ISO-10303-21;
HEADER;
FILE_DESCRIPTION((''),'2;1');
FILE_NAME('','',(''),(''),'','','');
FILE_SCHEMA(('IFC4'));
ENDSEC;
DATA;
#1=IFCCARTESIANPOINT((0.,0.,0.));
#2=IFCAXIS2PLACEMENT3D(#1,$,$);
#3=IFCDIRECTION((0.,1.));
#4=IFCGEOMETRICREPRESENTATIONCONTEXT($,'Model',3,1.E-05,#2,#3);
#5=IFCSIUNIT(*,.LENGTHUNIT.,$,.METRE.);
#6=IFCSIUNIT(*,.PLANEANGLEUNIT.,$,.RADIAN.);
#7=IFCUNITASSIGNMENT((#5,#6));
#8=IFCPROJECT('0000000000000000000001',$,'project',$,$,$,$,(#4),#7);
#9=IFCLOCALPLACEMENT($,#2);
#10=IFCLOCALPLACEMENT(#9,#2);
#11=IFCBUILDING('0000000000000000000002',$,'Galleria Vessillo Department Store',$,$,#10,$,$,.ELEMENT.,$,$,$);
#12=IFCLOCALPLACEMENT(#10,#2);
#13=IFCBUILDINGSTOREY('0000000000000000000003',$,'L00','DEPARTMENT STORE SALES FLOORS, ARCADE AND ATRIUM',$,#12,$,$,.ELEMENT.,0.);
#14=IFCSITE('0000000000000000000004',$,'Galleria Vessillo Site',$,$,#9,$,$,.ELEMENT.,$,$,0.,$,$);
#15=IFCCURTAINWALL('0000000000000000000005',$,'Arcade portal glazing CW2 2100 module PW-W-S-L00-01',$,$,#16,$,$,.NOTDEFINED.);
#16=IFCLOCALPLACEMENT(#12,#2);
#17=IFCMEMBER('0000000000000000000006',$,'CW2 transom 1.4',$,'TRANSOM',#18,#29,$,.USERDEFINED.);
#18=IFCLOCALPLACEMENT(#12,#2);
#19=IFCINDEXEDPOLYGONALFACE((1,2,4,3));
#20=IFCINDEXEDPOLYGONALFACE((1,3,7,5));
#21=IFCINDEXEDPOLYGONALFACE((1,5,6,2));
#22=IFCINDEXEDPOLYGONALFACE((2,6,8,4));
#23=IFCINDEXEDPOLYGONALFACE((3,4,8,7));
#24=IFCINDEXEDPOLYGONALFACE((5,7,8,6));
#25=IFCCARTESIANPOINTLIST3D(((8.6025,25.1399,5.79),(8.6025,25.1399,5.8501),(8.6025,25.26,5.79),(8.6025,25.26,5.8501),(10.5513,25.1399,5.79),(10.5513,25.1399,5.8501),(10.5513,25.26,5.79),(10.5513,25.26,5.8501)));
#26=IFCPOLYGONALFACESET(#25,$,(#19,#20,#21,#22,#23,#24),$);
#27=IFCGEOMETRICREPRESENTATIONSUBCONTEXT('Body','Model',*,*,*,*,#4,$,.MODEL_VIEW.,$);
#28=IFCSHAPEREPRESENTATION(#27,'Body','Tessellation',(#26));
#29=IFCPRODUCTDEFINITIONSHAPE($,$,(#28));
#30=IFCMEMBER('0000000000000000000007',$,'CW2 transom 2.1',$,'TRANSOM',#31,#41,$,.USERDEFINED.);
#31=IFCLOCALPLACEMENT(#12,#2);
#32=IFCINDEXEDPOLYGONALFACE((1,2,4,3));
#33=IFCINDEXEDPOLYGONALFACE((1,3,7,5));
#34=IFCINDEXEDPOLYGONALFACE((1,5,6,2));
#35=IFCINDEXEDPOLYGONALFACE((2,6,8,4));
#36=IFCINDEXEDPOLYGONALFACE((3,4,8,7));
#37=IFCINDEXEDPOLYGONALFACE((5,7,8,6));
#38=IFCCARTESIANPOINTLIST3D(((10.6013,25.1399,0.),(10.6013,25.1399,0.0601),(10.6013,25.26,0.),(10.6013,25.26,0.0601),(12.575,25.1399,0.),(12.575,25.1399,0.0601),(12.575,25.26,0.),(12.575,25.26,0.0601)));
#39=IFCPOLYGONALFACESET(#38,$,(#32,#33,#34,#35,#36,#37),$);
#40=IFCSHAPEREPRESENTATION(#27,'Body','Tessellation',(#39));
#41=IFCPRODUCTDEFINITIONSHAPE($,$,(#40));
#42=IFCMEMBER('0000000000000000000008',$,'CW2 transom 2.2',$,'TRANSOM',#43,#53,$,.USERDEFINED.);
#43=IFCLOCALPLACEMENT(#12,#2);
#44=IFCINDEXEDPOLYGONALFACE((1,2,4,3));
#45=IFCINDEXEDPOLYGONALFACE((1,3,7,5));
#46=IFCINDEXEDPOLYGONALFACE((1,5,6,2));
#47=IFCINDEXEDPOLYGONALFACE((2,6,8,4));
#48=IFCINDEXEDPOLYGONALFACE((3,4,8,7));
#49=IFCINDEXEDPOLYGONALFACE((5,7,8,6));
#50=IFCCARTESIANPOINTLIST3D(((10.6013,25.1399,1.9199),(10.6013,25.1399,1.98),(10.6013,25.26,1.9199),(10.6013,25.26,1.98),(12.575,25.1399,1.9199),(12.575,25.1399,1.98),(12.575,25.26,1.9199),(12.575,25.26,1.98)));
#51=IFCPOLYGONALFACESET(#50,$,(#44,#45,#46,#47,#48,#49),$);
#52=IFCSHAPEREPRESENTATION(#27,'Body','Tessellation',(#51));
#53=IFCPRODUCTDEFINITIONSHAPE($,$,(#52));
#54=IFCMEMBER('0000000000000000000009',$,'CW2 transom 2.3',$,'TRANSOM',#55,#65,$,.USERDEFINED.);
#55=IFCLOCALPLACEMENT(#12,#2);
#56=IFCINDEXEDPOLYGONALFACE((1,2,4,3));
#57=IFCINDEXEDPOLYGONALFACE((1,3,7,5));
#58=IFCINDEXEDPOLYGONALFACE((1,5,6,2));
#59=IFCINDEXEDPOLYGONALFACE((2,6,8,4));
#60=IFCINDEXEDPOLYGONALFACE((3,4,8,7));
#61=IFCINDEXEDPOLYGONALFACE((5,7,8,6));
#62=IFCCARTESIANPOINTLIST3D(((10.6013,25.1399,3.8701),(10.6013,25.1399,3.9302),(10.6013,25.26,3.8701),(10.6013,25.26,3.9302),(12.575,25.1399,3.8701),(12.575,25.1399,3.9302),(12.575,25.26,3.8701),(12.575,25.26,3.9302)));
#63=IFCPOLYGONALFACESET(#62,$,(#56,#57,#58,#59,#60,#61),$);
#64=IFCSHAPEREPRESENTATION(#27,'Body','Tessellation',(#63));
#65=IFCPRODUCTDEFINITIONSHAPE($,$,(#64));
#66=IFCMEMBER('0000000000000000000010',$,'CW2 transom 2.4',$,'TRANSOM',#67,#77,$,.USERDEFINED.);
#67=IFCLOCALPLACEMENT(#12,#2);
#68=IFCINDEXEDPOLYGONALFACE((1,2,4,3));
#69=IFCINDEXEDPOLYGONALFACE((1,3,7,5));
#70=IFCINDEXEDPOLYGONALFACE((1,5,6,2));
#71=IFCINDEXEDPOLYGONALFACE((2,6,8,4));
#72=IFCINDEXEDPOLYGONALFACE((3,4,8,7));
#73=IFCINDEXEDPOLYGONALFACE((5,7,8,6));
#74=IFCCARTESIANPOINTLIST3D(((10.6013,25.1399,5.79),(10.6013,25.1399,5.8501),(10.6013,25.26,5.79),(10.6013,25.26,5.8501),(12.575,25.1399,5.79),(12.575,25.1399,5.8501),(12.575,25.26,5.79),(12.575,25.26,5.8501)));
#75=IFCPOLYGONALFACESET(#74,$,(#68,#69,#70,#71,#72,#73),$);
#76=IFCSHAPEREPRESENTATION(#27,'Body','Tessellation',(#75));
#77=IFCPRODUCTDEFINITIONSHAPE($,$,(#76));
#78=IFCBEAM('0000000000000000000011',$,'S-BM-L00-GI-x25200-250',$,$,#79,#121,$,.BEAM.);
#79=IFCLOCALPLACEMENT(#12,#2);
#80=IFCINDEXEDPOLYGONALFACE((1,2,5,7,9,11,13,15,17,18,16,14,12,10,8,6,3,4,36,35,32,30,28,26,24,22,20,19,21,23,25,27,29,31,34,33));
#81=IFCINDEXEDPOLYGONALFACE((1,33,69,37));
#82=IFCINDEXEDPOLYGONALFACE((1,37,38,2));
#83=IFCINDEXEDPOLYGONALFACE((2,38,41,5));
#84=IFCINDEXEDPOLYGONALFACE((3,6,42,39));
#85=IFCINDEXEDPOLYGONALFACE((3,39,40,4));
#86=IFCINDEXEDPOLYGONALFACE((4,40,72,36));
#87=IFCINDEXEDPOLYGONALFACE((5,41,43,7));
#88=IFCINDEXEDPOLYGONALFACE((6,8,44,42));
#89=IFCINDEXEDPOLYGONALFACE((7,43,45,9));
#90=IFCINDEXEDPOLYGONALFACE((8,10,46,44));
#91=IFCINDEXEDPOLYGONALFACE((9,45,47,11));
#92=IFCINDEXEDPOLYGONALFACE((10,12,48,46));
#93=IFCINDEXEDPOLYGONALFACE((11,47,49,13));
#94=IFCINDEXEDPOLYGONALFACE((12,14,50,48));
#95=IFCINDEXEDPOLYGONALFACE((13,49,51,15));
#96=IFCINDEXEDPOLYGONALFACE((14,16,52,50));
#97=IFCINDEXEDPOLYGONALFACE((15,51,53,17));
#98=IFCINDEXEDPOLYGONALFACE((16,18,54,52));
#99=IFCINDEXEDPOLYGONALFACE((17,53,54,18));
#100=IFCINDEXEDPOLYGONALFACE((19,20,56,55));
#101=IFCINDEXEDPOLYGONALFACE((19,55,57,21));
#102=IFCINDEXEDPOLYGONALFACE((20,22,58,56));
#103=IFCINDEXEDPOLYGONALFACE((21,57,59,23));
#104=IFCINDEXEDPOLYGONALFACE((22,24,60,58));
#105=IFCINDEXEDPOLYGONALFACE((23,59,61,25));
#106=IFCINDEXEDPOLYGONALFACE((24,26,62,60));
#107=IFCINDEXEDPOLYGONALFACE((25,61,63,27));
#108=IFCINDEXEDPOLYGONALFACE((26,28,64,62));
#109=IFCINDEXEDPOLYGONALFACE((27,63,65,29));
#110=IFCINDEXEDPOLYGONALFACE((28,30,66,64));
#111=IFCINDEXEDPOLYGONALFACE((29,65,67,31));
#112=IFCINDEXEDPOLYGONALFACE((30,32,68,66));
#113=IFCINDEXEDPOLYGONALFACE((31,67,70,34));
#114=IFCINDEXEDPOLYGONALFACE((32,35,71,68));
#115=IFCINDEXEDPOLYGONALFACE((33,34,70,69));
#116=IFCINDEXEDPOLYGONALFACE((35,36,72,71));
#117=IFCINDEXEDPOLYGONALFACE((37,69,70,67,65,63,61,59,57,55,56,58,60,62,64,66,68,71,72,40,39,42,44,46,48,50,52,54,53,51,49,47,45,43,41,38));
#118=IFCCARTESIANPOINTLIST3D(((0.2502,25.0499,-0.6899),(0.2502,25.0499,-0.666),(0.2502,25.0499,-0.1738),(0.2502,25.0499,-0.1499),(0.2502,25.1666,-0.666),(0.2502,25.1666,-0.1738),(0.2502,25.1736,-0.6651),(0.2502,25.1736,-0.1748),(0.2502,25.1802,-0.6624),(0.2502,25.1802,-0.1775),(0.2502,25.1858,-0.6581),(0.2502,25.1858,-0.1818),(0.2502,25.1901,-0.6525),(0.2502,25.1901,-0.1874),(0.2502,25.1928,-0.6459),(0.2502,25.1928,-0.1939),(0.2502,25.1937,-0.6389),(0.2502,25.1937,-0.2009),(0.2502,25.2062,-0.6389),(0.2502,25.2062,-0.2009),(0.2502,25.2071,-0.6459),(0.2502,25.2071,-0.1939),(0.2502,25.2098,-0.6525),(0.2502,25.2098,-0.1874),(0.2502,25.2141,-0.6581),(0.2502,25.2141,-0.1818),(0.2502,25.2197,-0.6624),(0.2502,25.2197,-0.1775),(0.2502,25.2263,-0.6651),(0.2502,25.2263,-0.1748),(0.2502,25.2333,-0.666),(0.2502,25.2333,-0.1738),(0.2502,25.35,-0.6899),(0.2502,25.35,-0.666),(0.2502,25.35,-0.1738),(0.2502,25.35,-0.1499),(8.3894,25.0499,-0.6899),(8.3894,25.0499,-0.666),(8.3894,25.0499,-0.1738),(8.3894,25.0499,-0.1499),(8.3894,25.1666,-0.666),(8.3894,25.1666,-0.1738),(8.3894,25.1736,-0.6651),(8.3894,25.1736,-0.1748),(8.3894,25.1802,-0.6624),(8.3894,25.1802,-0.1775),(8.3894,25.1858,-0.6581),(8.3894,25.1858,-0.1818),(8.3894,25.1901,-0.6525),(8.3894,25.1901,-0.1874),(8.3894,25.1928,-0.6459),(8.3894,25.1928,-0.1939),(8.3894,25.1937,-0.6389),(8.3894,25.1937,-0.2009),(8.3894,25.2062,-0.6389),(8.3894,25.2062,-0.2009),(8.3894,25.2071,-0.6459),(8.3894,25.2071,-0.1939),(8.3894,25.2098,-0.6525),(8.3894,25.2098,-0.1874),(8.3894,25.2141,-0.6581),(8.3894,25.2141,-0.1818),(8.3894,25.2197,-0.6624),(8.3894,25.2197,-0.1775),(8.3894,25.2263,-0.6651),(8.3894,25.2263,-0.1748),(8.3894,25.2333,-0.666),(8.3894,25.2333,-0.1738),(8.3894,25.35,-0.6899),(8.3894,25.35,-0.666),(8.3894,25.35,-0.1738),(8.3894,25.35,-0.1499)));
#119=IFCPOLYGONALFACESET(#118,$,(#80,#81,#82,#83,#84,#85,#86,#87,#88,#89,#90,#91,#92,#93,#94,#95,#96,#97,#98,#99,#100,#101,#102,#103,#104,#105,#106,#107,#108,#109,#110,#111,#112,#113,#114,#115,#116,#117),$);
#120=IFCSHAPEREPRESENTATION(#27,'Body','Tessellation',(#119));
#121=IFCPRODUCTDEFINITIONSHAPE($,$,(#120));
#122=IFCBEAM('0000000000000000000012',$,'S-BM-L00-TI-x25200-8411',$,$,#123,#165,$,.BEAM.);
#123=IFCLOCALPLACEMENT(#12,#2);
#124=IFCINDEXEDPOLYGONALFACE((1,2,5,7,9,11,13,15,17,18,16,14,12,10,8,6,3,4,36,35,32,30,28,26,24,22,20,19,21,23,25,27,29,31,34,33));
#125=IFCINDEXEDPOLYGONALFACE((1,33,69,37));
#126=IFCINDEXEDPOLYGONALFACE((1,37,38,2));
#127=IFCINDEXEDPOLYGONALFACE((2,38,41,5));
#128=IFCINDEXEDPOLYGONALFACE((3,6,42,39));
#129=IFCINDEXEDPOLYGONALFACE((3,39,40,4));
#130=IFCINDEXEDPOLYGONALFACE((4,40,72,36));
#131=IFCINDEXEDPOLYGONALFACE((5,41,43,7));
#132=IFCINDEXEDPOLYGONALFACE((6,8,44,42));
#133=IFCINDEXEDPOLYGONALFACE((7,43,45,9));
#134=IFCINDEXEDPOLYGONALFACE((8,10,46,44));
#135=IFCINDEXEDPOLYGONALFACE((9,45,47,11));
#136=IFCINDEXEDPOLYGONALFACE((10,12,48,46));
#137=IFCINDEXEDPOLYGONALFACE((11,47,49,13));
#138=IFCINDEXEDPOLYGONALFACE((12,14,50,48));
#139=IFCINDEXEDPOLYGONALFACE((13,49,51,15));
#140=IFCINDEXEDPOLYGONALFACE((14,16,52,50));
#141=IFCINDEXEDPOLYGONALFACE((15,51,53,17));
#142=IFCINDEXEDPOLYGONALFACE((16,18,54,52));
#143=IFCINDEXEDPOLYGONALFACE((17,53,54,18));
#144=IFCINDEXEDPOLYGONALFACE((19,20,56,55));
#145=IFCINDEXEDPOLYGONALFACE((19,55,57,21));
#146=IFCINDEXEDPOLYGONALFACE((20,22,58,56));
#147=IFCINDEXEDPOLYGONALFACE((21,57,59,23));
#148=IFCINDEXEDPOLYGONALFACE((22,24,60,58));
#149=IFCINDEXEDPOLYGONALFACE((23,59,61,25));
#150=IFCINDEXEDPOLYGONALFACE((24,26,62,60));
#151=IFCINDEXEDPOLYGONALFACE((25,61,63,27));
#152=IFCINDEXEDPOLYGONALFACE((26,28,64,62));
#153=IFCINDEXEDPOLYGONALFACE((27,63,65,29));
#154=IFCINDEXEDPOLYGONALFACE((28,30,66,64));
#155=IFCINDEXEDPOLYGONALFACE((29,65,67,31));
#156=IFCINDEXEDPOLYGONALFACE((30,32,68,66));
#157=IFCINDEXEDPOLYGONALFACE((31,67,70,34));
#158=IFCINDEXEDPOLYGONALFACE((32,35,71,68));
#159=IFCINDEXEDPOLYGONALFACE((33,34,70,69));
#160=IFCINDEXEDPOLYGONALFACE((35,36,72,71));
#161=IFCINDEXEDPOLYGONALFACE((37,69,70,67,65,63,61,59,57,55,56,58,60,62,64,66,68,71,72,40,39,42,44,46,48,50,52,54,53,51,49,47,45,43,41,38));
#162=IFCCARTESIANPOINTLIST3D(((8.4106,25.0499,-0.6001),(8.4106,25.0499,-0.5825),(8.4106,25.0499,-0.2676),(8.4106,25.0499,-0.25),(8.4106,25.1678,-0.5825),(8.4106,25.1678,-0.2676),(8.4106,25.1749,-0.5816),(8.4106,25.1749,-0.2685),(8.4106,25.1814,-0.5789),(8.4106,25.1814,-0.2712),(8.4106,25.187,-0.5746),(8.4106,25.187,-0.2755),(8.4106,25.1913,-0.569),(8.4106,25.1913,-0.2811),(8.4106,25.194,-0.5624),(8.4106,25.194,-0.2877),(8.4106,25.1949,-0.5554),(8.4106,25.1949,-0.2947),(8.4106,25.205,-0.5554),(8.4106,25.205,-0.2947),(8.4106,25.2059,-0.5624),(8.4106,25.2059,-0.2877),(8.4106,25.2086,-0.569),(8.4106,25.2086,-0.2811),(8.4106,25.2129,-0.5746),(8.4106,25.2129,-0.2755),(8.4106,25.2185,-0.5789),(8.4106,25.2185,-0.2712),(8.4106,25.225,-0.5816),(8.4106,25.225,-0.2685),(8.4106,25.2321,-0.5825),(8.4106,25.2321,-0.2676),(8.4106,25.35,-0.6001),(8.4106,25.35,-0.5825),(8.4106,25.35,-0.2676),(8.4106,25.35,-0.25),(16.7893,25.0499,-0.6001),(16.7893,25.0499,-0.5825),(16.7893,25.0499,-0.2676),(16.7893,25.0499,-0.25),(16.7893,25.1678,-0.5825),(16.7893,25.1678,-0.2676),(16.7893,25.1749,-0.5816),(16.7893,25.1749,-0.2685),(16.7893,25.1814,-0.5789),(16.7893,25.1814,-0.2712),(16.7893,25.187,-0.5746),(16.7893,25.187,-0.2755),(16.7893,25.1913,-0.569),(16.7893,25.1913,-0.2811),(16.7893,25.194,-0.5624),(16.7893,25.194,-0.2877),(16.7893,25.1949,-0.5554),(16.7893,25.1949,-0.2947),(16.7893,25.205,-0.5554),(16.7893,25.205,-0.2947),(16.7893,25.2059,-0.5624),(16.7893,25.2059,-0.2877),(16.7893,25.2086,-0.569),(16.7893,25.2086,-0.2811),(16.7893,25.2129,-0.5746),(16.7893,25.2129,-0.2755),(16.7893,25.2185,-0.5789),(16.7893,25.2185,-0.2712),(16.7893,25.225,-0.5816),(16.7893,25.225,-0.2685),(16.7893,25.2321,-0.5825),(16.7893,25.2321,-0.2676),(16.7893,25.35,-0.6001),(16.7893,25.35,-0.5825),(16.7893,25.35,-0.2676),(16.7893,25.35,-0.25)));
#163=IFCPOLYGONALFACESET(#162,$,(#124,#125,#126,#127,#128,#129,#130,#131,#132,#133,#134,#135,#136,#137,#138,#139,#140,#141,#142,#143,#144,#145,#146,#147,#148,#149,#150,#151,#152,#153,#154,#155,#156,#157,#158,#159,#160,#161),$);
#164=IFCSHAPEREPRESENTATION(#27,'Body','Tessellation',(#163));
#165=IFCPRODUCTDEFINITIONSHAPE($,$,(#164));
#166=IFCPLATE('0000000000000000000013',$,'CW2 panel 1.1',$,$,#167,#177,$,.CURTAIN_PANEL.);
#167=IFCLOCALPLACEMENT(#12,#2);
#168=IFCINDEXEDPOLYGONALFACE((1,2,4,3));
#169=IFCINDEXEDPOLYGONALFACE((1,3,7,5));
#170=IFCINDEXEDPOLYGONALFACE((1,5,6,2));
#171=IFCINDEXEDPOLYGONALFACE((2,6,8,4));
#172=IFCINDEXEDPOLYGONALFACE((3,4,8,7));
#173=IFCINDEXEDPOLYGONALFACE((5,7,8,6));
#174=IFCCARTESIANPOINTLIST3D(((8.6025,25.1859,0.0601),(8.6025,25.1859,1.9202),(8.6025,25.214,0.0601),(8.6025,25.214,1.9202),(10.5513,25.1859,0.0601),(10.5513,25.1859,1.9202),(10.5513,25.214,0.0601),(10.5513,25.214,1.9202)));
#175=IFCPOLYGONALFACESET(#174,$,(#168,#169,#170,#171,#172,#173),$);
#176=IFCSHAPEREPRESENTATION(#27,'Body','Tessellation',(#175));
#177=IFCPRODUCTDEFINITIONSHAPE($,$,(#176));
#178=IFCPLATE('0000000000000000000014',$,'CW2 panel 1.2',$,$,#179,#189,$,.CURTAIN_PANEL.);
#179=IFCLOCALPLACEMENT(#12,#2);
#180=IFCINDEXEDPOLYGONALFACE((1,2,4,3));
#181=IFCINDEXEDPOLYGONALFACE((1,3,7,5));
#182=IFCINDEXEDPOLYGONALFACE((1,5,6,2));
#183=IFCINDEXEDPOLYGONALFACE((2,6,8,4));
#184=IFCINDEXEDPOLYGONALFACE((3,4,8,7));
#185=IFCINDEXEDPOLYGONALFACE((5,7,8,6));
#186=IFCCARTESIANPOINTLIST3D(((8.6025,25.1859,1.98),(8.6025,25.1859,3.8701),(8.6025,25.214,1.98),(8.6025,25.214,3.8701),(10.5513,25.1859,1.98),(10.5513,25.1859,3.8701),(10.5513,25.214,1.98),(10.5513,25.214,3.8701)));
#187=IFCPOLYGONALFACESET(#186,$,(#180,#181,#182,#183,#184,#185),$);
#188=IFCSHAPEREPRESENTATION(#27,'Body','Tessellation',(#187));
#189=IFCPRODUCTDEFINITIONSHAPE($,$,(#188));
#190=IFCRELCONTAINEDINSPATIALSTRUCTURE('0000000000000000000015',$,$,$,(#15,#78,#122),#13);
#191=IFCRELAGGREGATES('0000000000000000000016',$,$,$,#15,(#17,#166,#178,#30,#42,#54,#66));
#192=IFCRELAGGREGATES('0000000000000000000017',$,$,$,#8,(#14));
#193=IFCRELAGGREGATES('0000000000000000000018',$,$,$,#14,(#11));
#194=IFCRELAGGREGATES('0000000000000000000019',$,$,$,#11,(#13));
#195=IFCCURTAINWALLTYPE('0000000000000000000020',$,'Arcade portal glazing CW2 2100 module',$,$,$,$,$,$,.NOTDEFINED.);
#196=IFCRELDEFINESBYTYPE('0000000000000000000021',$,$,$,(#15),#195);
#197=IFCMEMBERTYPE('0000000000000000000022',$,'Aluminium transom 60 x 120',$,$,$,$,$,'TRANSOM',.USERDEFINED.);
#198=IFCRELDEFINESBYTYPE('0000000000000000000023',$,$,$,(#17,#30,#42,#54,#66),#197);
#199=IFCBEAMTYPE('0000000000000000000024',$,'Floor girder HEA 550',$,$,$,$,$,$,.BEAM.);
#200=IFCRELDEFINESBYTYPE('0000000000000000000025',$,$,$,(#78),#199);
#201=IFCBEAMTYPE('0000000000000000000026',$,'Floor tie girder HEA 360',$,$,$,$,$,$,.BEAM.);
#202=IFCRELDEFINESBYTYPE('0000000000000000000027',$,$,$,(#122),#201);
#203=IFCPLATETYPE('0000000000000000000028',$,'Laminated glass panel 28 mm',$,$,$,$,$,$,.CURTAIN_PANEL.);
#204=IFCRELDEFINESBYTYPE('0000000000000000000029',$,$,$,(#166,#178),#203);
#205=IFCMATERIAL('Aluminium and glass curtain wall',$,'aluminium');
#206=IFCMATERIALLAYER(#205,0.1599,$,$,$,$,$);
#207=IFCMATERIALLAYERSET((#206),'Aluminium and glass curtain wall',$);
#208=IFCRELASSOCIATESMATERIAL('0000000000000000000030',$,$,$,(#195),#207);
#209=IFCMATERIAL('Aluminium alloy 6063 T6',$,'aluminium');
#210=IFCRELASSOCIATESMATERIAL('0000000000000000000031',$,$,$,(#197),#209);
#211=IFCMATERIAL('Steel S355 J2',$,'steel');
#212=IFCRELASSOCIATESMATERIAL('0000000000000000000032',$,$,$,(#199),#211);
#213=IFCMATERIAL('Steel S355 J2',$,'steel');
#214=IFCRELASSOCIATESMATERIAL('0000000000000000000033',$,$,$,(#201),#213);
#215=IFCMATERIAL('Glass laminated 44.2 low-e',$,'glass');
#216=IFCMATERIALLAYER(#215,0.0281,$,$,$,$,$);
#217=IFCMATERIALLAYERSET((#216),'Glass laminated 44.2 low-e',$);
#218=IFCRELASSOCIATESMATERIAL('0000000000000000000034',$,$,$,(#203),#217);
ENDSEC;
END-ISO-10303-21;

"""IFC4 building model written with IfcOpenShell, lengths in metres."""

from ifc_helpers import new_model, si_unit, direction, frame, origin, origin_2d, place, context, subcontext, project, spatial, rectangle, i_section, extrude, material, layer, layer_set, material_profile, profile_set, type_object, element, aggregate, save


model = new_model("IFC4")

# Units and contexts
model_context = context("Model", 3, precision=1e-05, world=origin(), true_north=direction((0.0, 1.0)))
body_context = subcontext(model_context, "Body", "Model", "MODEL_VIEW")
ifc_project = project(units=[si_unit("LENGTHUNIT", "METRE"), si_unit("PLANEANGLEUNIT", "RADIAN")], contexts=[model_context])

# Site, building, storey
site_placement = place(None, origin())
site = spatial("IfcSite", under=ifc_project, at=site_placement, Name="Galleria Vessillo Site", CompositionType="ELEMENT", RefElevation=0.0)
building_placement = place(site_placement, origin())
building = spatial("IfcBuilding", under=site, at=building_placement, Name="Galleria Vessillo Department Store", CompositionType="ELEMENT")
storey_placement = place(building_placement, origin())
storey = spatial("IfcBuildingStorey", under=building, at=storey_placement, Name="L00", Description="DEPARTMENT STORE SALES FLOORS, ARCADE AND ATRIUM", CompositionType="ELEMENT", Elevation=0.0)

# Curtain wall, members
ifc_material_1 = material(Name="Aluminium and glass curtain wall", Category="aluminium")
ifc_layer_1 = layer(ifc_material_1, 0.1599)
ifc_layer_set_1 = layer_set([ifc_layer_1], Name="Aluminium and glass curtain wall")
curtain_wall_type = type_object("IfcCurtainWallType", Name="Arcade portal glazing CW2 2100 module", PredefinedType="NOTDEFINED", material=ifc_layer_set_1)
curtain_wall_placement = place(storey_placement, origin())
curtain_wall = element("IfcCurtainWall", 1, at=curtain_wall_placement, inside=storey, type_object=curtain_wall_type, Name="Arcade portal glazing CW2 2100 module PW-W-S-L00-01", PredefinedType="NOTDEFINED")
ifc_material_2 = material(Name="Aluminium alloy 6063 T6", Category="aluminium")
ifc_material_profile_1 = material_profile(ifc_material_2, rectangle(XDim=0.1201, YDim=0.0601, at=origin_2d()), Name="AL 60x120")
ifc_profile_set_1 = profile_set([ifc_material_profile_1], Name="Aluminium alloy 6063 T6")
member_type_1 = type_object("IfcMemberType", Name="Aluminium transom 60 x 120", ElementType="TRANSOM", PredefinedType="USERDEFINED", material=ifc_profile_set_1)
member_1_placement = place(storey_placement, frame((8.6025, 25.2, 5.8201), z_axis=(1.0, 0.0, 0.0), x_axis=(0.0, 1.0, 0.0)))
member_1 = element("IfcMember", 2, at=member_1_placement, type_object=member_type_1, Name="CW2 transom 1.4", ObjectType="TRANSOM", PredefinedType="USERDEFINED", context=body_context, shape_type="SweptSolid", body=[
    extrude(rectangle(XDim=0.1201, YDim=0.0601, at=origin_2d()), origin(), (0.0, 0.0, 1.0), 1.9487),
])
member_2_placement = place(storey_placement, frame((10.6013, 25.2, 0.03), z_axis=(1.0, 0.0, 0.0), x_axis=(0.0, 1.0, 0.0)))
member_2 = element("IfcMember", 3, at=member_2_placement, type_object=member_type_1, Name="CW2 transom 2.1", ObjectType="TRANSOM", PredefinedType="USERDEFINED", context=body_context, shape_type="SweptSolid", body=[
    extrude(rectangle(XDim=0.1201, YDim=0.0601, at=origin_2d()), origin(), (0.0, 0.0, 1.0), 1.9736),
])
member_3_placement = place(storey_placement, frame((10.6013, 25.2, 1.95), z_axis=(1.0, 0.0, 0.0), x_axis=(0.0, 1.0, 0.0)))
member_3 = element("IfcMember", 4, at=member_3_placement, type_object=member_type_1, Name="CW2 transom 2.2", ObjectType="TRANSOM", PredefinedType="USERDEFINED", context=body_context, shape_type="SweptSolid", body=[
    extrude(rectangle(XDim=0.1201, YDim=0.0601, at=origin_2d()), origin(), (0.0, 0.0, 1.0), 1.9736),
])
member_4_placement = place(storey_placement, frame((10.6013, 25.2, 3.9001), z_axis=(1.0, 0.0, 0.0), x_axis=(0.0, 1.0, 0.0)))
member_4 = element("IfcMember", 5, at=member_4_placement, type_object=member_type_1, Name="CW2 transom 2.3", ObjectType="TRANSOM", PredefinedType="USERDEFINED", context=body_context, shape_type="SweptSolid", body=[
    extrude(rectangle(XDim=0.1201, YDim=0.0601, at=origin_2d()), origin(), (0.0, 0.0, 1.0), 1.9736),
])
member_5_placement = place(storey_placement, frame((10.6013, 25.2, 5.8201), z_axis=(1.0, 0.0, 0.0), x_axis=(0.0, 1.0, 0.0)))
member_5 = element("IfcMember", 6, at=member_5_placement, type_object=member_type_1, Name="CW2 transom 2.4", ObjectType="TRANSOM", PredefinedType="USERDEFINED", context=body_context, shape_type="SweptSolid", body=[
    extrude(rectangle(XDim=0.1201, YDim=0.0601, at=origin_2d()), origin(), (0.0, 0.0, 1.0), 1.9736),
])

# Beams
ifc_material_3 = material(Name="Steel S355 J2", Category="steel")
ifc_material_profile_2 = material_profile(ifc_material_3, i_section(OverallWidth=0.3, OverallDepth=0.54, WebThickness=0.0125, FlangeThickness=0.0239, FilletRadius=0.0271, at=origin_2d()), Name="HEA 550")
ifc_profile_set_2 = profile_set([ifc_material_profile_2], Name="Steel S355 J2")
beam_type_1 = type_object("IfcBeamType", Name="Floor girder HEA 550", PredefinedType="BEAM", material=ifc_profile_set_2)
beam_1_placement = place(storey_placement, frame((0.2502, 25.2, -0.4199), z_axis=(1.0, 0.0, 0.0), x_axis=(0.0, 1.0, 0.0)))
element("IfcBeam", 7, at=beam_1_placement, inside=storey, type_object=beam_type_1, Name="S-BM-L00-GI-x25200-250", PredefinedType="BEAM", context=body_context, shape_type="SweptSolid", body=[
    extrude(i_section(OverallWidth=0.3, OverallDepth=0.54, WebThickness=0.0125, FlangeThickness=0.0239, FilletRadius=0.0271, at=origin_2d()), origin(), (0.0, 0.0, 1.0), 8.1392),
])
ifc_material_4 = material(Name="Steel S355 J2", Category="steel")
ifc_material_profile_3 = material_profile(ifc_material_4, i_section(OverallWidth=0.3, OverallDepth=0.3501, WebThickness=0.01, FlangeThickness=0.0176, FilletRadius=0.0271, at=origin_2d()), Name="HEA 360")
ifc_profile_set_3 = profile_set([ifc_material_profile_3], Name="Steel S355 J2")
beam_type_2 = type_object("IfcBeamType", Name="Floor tie girder HEA 360", PredefinedType="BEAM", material=ifc_profile_set_3)
beam_2_placement = place(storey_placement, frame((8.4106, 25.2, -0.425), z_axis=(1.0, 0.0, 0.0), x_axis=(0.0, 1.0, 0.0)))
element("IfcBeam", 8, at=beam_2_placement, inside=storey, type_object=beam_type_2, Name="S-BM-L00-TI-x25200-8411", PredefinedType="BEAM", context=body_context, shape_type="SweptSolid", body=[
    extrude(i_section(OverallWidth=0.3, OverallDepth=0.3501, WebThickness=0.01, FlangeThickness=0.0176, FilletRadius=0.0271, at=origin_2d()), origin(), (0.0, 0.0, 1.0), 8.3787),
])

# Plates
ifc_material_5 = material(Name="Glass laminated 44.2 low-e", Category="glass")
ifc_layer_2 = layer(ifc_material_5, 0.0281)
ifc_layer_set_2 = layer_set([ifc_layer_2], Name="Glass laminated 44.2 low-e")
plate_type = type_object("IfcPlateType", Name="Laminated glass panel 28 mm", PredefinedType="CURTAIN_PANEL", material=ifc_layer_set_2)
plate_1_placement = place(storey_placement, frame((9.5769, 25.2, 0.0601), z_axis=(0.0, 0.0, 1.0), x_axis=(1.0, 0.0, 0.0)))
plate_1 = element("IfcPlate", 9, at=plate_1_placement, type_object=plate_type, Name="CW2 panel 1.1", PredefinedType="CURTAIN_PANEL", context=body_context, shape_type="SweptSolid", body=[
    extrude(rectangle(XDim=1.9487, YDim=0.0281, at=origin_2d()), origin(), (0.0, 0.0, 1.0), 1.8601),
])
plate_2_placement = place(storey_placement, frame((9.5769, 25.2, 1.98), z_axis=(0.0, 0.0, 1.0), x_axis=(1.0, 0.0, 0.0)))
plate_2 = element("IfcPlate", 10, at=plate_2_placement, type_object=plate_type, Name="CW2 panel 1.2", PredefinedType="CURTAIN_PANEL", context=body_context, shape_type="SweptSolid", body=[
    extrude(rectangle(XDim=1.9487, YDim=0.0281, at=origin_2d()), origin(), (0.0, 0.0, 1.0), 1.8901),
])
aggregate(curtain_wall, [member_1, plate_1, plate_2, member_2, member_3, member_4, member_5])

save(model, "model.ifc")
